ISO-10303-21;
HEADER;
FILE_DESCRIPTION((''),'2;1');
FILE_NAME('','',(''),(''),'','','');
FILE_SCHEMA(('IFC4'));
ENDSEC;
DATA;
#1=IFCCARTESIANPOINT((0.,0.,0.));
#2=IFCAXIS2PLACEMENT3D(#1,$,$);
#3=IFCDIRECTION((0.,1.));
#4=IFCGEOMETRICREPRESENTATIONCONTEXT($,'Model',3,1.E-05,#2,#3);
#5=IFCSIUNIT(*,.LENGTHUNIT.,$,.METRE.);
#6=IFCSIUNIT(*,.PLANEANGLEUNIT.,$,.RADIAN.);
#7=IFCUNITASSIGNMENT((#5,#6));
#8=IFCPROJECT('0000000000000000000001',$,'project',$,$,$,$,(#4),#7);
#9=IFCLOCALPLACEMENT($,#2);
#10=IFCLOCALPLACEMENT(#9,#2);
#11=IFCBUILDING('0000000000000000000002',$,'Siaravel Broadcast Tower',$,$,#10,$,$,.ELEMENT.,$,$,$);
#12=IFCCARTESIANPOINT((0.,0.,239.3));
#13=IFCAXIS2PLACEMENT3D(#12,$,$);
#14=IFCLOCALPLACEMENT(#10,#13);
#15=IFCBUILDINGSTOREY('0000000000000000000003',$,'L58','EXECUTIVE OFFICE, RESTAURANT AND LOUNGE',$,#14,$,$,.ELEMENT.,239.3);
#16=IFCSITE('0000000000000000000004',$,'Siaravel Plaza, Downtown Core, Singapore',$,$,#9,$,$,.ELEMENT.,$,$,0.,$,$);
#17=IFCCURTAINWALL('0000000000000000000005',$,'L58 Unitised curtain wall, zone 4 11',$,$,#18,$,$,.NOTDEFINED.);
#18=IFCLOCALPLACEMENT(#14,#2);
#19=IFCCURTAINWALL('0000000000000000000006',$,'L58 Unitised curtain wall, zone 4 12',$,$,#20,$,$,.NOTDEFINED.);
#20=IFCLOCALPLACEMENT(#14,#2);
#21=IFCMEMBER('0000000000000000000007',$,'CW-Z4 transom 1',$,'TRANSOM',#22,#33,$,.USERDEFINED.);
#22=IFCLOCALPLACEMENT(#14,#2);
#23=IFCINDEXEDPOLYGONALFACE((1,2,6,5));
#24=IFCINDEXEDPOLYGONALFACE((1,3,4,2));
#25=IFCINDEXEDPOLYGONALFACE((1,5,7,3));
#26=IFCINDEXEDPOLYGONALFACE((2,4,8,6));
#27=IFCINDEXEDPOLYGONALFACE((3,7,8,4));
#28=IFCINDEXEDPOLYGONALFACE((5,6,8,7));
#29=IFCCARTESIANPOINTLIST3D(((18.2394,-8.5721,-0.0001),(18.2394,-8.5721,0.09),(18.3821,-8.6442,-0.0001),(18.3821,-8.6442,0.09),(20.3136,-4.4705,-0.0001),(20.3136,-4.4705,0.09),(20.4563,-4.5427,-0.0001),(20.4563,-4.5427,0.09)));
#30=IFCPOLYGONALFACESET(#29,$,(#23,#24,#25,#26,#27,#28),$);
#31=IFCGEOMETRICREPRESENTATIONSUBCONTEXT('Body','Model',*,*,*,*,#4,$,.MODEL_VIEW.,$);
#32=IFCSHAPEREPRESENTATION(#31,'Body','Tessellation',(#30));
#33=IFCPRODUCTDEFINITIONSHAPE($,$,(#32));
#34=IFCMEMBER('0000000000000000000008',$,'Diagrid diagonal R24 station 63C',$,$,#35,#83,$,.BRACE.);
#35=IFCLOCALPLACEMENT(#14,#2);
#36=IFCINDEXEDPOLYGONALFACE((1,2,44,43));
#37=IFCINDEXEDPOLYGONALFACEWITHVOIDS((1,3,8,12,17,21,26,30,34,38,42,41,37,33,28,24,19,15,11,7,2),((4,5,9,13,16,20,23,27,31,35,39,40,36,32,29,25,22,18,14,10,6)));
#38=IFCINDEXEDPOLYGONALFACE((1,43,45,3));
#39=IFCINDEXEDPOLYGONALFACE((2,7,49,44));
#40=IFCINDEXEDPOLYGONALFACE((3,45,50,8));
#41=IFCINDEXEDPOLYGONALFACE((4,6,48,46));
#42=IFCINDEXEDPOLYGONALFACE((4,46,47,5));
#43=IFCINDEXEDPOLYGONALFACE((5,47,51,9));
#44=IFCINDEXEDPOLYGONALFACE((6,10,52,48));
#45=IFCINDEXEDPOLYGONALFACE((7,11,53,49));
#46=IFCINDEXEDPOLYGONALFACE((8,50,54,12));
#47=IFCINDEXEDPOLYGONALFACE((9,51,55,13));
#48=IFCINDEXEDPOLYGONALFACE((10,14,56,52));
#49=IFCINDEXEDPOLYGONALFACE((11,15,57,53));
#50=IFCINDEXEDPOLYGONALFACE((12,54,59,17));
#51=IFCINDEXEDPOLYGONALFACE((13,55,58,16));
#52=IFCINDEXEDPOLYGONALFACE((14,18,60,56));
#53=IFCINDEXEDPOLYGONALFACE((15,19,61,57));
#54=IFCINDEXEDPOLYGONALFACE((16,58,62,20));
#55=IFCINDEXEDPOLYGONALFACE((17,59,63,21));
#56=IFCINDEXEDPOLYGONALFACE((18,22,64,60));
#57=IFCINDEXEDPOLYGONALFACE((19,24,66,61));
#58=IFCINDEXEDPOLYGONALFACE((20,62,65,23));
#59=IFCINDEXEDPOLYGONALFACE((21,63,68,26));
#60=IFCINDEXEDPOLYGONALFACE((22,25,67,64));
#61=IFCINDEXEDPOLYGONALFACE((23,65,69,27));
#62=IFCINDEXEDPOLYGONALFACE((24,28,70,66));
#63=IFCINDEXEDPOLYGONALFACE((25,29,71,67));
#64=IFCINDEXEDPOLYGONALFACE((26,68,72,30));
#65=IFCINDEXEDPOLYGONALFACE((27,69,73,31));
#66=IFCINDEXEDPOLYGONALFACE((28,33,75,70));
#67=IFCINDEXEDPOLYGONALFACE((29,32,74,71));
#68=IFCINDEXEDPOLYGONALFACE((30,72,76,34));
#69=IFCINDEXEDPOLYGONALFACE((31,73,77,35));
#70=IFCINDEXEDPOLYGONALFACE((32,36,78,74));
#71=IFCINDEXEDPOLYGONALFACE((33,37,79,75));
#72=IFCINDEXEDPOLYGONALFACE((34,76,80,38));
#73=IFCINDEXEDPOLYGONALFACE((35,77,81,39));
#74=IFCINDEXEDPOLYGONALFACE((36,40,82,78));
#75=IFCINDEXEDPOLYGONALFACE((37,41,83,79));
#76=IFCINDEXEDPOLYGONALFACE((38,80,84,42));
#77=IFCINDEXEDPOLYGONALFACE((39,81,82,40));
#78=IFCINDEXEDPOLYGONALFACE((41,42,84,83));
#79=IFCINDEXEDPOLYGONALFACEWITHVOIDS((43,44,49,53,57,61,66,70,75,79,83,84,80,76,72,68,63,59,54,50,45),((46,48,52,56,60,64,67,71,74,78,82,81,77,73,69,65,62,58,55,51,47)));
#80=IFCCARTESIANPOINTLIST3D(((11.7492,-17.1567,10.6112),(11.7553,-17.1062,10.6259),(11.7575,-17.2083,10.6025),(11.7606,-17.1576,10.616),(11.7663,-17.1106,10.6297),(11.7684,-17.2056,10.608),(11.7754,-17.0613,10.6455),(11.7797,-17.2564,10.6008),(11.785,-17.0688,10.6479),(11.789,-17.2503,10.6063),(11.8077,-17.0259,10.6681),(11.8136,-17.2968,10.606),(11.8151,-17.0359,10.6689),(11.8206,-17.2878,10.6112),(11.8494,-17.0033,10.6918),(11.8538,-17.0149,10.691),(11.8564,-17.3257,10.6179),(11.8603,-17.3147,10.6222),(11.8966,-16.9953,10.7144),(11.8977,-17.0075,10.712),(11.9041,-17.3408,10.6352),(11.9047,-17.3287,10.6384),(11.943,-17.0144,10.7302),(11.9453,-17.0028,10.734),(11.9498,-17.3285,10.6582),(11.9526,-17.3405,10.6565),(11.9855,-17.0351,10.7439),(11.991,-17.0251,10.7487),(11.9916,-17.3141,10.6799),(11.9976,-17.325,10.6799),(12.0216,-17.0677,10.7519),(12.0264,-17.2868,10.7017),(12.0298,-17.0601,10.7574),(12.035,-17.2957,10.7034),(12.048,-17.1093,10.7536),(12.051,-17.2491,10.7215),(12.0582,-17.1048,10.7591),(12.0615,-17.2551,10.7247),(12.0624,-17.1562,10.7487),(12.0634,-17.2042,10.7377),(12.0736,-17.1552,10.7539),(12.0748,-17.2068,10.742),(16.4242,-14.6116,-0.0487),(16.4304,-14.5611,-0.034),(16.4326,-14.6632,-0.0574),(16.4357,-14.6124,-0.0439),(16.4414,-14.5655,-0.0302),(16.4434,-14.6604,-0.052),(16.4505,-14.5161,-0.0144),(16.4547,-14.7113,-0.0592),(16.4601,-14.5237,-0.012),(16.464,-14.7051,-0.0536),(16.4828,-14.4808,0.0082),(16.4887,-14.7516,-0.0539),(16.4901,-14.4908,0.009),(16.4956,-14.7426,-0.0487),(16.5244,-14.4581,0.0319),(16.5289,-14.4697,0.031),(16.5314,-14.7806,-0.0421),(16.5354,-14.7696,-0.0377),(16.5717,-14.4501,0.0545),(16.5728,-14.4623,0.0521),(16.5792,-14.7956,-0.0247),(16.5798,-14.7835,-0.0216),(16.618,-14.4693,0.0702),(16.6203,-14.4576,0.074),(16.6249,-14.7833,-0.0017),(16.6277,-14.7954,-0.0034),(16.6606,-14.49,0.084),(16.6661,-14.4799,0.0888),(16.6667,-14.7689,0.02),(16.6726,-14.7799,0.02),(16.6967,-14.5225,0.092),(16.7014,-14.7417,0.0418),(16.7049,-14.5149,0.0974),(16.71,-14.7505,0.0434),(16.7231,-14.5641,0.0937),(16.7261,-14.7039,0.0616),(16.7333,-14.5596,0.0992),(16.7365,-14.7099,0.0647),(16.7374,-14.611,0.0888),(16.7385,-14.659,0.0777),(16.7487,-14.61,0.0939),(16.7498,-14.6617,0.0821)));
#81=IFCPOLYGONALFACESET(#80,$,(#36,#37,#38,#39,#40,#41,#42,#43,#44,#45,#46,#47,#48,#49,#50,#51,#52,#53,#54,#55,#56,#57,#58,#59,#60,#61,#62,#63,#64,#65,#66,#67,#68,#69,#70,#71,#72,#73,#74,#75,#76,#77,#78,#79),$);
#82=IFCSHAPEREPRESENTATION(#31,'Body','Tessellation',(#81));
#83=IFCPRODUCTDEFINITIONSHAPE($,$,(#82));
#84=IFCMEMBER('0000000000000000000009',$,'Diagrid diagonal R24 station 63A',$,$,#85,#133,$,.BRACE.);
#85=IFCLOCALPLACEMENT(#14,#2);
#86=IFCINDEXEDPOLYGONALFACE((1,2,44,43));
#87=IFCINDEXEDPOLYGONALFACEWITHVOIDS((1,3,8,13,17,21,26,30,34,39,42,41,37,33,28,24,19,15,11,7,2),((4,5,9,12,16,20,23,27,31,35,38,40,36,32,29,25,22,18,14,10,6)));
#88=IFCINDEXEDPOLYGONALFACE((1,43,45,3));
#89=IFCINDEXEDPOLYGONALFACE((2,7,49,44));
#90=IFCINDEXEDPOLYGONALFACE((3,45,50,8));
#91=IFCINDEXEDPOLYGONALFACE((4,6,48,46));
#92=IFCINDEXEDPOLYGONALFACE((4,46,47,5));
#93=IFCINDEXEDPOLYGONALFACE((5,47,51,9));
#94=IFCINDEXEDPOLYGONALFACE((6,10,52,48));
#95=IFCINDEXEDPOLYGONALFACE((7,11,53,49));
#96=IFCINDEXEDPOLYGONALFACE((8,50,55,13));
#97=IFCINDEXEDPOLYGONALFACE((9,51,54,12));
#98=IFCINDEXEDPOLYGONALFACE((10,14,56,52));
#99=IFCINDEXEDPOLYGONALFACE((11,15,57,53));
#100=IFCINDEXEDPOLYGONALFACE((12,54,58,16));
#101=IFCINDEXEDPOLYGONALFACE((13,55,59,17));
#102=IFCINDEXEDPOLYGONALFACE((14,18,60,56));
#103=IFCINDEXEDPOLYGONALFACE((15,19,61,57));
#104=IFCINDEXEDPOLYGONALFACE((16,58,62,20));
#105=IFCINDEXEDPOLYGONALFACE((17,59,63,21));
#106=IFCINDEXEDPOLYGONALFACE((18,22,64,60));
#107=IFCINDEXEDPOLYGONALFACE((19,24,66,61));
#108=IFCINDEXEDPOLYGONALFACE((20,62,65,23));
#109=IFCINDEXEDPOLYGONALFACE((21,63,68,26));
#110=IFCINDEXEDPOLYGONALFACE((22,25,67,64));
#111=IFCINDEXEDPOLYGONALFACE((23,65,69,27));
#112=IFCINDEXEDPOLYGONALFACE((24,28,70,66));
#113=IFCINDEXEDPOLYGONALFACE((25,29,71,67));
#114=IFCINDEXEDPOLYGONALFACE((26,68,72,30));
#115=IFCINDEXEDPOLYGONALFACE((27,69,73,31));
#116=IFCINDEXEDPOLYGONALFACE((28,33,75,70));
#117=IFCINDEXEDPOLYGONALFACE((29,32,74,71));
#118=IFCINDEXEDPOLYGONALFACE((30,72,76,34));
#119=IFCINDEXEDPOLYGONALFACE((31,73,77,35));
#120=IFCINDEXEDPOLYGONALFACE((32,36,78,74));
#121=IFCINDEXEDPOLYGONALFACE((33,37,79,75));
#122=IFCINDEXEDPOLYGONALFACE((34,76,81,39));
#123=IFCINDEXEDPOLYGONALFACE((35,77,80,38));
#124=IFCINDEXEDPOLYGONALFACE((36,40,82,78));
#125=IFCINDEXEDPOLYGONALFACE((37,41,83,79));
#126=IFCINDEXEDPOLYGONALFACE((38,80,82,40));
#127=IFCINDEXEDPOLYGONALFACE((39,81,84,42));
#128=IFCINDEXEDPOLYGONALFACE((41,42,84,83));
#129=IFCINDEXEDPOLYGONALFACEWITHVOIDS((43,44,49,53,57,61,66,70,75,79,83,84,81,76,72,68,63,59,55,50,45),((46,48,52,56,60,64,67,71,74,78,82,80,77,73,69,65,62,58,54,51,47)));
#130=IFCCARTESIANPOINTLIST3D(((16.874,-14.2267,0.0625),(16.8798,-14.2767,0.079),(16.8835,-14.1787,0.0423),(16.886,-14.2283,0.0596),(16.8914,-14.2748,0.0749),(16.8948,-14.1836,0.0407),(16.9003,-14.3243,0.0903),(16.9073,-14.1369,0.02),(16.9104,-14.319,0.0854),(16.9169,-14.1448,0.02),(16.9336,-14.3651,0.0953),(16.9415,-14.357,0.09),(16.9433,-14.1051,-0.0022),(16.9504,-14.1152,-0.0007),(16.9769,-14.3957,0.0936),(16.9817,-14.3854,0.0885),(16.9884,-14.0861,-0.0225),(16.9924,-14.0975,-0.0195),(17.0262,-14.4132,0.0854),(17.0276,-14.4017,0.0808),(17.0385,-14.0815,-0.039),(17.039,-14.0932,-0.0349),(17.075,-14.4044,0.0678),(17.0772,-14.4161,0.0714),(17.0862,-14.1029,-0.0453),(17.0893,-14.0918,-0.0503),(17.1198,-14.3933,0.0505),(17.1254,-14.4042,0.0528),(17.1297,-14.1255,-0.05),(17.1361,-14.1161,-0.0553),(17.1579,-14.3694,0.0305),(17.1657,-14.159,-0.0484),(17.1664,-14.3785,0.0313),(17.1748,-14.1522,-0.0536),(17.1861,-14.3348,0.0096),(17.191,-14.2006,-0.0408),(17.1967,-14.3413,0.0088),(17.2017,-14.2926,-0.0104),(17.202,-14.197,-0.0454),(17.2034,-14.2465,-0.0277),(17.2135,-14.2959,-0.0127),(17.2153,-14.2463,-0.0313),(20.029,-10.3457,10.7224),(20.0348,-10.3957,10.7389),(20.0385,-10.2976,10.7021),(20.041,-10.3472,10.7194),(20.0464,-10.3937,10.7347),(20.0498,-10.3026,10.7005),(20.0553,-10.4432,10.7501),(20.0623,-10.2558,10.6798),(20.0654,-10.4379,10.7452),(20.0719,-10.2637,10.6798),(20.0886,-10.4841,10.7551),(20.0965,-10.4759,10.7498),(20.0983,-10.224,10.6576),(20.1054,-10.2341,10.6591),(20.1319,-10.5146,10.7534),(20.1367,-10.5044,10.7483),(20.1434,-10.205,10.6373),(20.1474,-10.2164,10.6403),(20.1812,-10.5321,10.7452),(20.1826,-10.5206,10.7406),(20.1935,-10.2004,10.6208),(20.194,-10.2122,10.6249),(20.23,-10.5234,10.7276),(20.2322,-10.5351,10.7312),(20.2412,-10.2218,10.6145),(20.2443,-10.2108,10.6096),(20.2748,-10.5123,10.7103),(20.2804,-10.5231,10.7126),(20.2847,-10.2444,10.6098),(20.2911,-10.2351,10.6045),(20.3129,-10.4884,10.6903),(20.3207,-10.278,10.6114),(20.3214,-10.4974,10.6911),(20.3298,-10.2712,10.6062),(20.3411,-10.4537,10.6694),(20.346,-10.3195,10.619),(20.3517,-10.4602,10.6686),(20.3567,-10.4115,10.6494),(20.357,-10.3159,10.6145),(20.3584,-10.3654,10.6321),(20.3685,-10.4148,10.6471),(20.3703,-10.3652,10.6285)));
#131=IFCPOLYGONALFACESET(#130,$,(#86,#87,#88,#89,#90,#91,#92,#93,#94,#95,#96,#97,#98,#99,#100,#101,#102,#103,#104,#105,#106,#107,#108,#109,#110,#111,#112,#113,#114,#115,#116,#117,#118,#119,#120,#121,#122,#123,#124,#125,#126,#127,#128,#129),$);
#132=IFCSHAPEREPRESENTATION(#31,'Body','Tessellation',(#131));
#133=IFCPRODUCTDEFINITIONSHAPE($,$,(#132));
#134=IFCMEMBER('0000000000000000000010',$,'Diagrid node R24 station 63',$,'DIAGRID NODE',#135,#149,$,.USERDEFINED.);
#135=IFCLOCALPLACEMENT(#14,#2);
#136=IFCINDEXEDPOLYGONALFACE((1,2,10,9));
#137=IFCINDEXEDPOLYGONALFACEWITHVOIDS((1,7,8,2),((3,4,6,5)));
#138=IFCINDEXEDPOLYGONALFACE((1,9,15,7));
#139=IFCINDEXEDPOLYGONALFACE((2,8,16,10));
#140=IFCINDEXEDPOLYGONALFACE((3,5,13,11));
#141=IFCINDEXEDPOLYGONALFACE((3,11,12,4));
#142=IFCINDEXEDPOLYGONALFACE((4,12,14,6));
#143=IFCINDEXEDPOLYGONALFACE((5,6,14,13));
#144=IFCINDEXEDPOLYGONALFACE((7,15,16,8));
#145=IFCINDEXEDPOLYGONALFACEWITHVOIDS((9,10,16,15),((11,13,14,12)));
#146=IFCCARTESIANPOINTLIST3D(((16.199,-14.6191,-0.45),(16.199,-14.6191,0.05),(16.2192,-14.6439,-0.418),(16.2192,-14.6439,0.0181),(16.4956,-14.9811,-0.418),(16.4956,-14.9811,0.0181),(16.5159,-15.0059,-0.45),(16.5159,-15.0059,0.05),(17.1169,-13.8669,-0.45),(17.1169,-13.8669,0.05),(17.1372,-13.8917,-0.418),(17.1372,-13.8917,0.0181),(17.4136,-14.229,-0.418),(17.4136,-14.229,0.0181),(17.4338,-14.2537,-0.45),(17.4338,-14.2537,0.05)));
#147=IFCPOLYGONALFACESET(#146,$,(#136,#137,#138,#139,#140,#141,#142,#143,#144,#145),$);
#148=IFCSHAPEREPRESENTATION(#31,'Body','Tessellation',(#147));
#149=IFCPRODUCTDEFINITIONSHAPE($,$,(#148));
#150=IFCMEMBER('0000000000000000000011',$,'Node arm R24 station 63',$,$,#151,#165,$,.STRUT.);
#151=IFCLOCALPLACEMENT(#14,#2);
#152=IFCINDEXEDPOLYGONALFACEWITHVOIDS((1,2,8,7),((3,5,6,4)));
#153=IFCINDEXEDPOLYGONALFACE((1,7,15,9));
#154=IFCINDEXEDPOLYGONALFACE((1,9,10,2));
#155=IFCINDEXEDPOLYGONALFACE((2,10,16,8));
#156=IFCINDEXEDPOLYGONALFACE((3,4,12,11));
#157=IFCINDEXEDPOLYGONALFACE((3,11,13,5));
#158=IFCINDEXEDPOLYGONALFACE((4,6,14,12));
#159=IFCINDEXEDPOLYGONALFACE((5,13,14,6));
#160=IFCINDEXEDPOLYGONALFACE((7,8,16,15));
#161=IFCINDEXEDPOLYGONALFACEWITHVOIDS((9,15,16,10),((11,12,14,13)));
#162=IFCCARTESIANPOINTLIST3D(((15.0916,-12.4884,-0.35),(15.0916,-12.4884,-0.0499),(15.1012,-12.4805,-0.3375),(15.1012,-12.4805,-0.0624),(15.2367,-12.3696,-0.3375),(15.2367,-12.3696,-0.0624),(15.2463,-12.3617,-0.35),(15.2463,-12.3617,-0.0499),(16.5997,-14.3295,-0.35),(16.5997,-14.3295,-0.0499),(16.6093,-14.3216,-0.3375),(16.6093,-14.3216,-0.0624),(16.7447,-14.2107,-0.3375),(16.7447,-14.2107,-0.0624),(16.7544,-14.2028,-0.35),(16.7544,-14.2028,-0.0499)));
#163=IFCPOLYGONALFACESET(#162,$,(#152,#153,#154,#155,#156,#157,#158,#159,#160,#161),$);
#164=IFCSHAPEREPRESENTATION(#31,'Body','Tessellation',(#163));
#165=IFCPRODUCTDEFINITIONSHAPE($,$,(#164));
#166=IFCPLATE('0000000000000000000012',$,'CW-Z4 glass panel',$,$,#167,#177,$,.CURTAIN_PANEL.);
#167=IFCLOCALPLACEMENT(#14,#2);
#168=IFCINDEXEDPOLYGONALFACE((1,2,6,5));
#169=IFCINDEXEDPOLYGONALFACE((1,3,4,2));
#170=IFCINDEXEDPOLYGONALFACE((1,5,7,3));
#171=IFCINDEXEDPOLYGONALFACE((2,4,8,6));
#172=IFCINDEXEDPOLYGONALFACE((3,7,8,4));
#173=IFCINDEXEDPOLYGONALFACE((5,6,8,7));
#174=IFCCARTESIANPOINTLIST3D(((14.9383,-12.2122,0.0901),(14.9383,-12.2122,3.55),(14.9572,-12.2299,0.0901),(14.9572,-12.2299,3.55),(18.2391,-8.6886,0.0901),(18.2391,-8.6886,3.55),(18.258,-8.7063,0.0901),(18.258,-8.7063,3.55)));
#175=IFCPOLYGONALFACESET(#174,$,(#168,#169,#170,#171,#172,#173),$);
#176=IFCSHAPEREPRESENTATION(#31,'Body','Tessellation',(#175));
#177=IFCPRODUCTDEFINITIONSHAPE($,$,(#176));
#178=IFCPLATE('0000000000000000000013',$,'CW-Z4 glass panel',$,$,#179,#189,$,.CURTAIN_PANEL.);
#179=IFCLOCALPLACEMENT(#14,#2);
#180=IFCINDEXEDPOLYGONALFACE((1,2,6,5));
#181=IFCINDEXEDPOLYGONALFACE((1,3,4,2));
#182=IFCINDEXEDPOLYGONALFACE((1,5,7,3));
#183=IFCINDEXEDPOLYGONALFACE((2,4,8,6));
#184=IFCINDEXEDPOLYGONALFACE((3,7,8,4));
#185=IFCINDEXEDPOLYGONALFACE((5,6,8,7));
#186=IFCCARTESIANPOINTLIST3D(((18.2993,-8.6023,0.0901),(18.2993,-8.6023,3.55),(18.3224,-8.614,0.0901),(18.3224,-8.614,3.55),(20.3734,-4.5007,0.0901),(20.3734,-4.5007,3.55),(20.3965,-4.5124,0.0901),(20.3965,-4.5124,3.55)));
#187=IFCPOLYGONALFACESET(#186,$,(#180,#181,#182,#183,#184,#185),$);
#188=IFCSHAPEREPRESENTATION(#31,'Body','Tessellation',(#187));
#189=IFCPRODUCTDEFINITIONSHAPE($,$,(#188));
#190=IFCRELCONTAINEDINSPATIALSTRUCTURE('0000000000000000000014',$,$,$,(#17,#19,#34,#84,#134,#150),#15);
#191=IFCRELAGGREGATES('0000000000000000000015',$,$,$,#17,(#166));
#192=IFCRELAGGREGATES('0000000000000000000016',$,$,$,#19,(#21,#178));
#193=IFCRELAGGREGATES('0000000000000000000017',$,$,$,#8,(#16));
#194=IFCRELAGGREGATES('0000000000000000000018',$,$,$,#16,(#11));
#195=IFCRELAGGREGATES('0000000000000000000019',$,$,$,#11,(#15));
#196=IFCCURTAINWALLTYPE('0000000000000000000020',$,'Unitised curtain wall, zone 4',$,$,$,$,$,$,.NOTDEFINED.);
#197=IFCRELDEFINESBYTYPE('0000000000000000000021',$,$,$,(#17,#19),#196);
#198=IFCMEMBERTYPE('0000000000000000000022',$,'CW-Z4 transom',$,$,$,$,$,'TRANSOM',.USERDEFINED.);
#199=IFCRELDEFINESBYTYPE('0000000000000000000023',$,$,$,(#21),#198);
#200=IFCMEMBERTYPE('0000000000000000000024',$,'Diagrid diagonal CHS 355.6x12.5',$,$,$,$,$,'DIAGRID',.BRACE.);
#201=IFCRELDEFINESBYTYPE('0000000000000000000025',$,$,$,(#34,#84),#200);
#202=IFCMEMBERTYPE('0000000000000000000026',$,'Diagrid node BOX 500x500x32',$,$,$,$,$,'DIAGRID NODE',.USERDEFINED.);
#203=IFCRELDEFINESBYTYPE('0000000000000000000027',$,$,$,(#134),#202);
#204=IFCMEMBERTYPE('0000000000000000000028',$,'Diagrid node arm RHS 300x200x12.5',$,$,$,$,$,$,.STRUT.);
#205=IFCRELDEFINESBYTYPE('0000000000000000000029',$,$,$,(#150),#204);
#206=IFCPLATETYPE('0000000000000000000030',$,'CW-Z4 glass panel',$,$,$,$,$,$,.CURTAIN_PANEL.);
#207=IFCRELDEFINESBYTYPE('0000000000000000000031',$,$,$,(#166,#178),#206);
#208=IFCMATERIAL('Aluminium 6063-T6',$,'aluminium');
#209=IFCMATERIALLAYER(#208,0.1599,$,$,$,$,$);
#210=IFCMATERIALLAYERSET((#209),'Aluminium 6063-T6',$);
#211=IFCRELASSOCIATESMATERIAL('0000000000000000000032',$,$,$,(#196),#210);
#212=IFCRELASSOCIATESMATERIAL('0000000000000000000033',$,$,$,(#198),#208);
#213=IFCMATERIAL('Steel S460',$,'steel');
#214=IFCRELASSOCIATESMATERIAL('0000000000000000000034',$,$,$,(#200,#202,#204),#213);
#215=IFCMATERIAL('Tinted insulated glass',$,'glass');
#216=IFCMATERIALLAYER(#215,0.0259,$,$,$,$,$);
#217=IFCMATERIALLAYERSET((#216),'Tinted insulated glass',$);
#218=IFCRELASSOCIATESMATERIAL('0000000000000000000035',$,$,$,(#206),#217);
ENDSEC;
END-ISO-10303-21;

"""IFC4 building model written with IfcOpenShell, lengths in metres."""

from ifc_helpers import new_model, si_unit, direction, frame, origin, origin_2d, place, context, subcontext, project, spatial, rectangle, hollow_rectangle, hollow_circle, extrude, material, layer, layer_set, material_profile, profile_set, type_object, element, aggregate, save


model = new_model("IFC4")

# Units and contexts
model_context = context("Model", 3, precision=1e-05, world=origin(), true_north=direction((0.0, 1.0)))
body_context = subcontext(model_context, "Body", "Model", "MODEL_VIEW")
ifc_project = project(units=[si_unit("LENGTHUNIT", "METRE"), si_unit("PLANEANGLEUNIT", "RADIAN")], contexts=[model_context])

# Site, building, storey
site_placement = place(None, origin())
site = spatial("IfcSite", under=ifc_project, at=site_placement, Name="Siaravel Plaza, Downtown Core, Singapore", CompositionType="ELEMENT", RefElevation=0.0)
building_placement = place(site_placement, origin())
building = spatial("IfcBuilding", under=site, at=building_placement, Name="Siaravel Broadcast Tower", CompositionType="ELEMENT")
storey_placement = place(building_placement, frame((0.0, 0.0, 239.3)))
storey = spatial("IfcBuildingStorey", under=building, at=storey_placement, Name="L58", Description="EXECUTIVE OFFICE, RESTAURANT AND LOUNGE", CompositionType="ELEMENT", Elevation=239.3)

# Curtain wall
ifc_material_1 = material(Name="Aluminium 6063-T6", Category="aluminium")
ifc_layer_1 = layer(ifc_material_1, 0.1599)
ifc_layer_set_1 = layer_set([ifc_layer_1], Name="Aluminium 6063-T6")
curtain_wall_type = type_object("IfcCurtainWallType", Name="Unitised curtain wall, zone 4", PredefinedType="NOTDEFINED", material=ifc_layer_set_1)
curtain_wall_1_placement = place(storey_placement, origin())
curtain_wall_1 = element("IfcCurtainWall", 1, at=curtain_wall_1_placement, inside=storey, type_object=curtain_wall_type, Name="L58 Unitised curtain wall, zone 4 11", PredefinedType="NOTDEFINED")

# Curtain wall
curtain_wall_2_placement = place(storey_placement, origin())
curtain_wall_2 = element("IfcCurtainWall", 2, at=curtain_wall_2_placement, inside=storey, type_object=curtain_wall_type, Name="L58 Unitised curtain wall, zone 4 12", PredefinedType="NOTDEFINED")

# Member
ifc_material_profile_1 = material_profile(ifc_material_1, rectangle(XDim=0.1599, YDim=0.0901, at=origin_2d()))
ifc_profile_set_1 = profile_set([ifc_material_profile_1], Name="Aluminium 6063-T6")
member_type_1 = type_object("IfcMemberType", Name="CW-Z4 transom", ElementType="TRANSOM", PredefinedType="USERDEFINED", material=ifc_profile_set_1)
member_1_placement = place(storey_placement, frame((18.3108, -8.6082, 0.0449), z_axis=(0.451288, 0.892378, 0.0), x_axis=(-0.892378, 0.451288, 0.0)))
member_1 = element("IfcMember", 3, at=member_1_placement, type_object=member_type_1, Name="CW-Z4 transom 1", ObjectType="TRANSOM", PredefinedType="USERDEFINED", context=body_context, shape_type="SweptSolid", body=[
    extrude(rectangle(XDim=0.1599, YDim=0.0901, at=origin_2d()), origin(), (0.0, 0.0, 1.0), 4.5962),
])

# Members
ifc_material_2 = material(Name="Steel S460", Category="steel")
ifc_material_profile_2 = material_profile(ifc_material_2, hollow_circle(Radius=0.1777, WallThickness=0.0125, at=origin_2d()))
ifc_profile_set_2 = profile_set([ifc_material_profile_2], Name="Steel S460")
member_type_2 = type_object("IfcMemberType", Name="Diagrid diagonal CHS 355.6x12.5", ElementType="DIAGRID", PredefinedType="BRACE", material=ifc_profile_set_2)
member_2_placement = place(storey_placement, frame((16.5876, -14.6238, 0.02), z_axis=(-0.392366, -0.21361, 0.894662), x_axis=(0.478148, -0.878279, 0.0)))
element("IfcMember", 4, at=member_2_placement, inside=storey, type_object=member_type_2, Name="Diagrid diagonal R24 station 63C", PredefinedType="BRACE", context=body_context, shape_type="SweptSolid", body=[
    extrude(hollow_circle(Radius=0.1777, WallThickness=0.0125, at=origin_2d()), origin(), (0.0, 0.0, 1.0), 11.915),
])
member_3_placement = place(storey_placement, frame((17.0452, -14.249, 0.02), z_axis=(0.267943, 0.329605, 0.905299), x_axis=(-0.775954, 0.630789, 0.0)))
element("IfcMember", 5, at=member_3_placement, inside=storey, type_object=member_type_2, Name="Diagrid diagonal R24 station 63A", PredefinedType="BRACE", context=body_context, shape_type="SweptSolid", body=[
    extrude(hollow_circle(Radius=0.1777, WallThickness=0.0125, at=origin_2d()), origin(), (0.0, 0.0, 1.0), 11.7749),
])
ifc_material_profile_3 = material_profile(ifc_material_2, hollow_rectangle(XDim=0.5, YDim=0.5, WallThickness=0.032, at=origin_2d()))
ifc_profile_set_3 = profile_set([ifc_material_profile_3], Name="Steel S460")
member_type_3 = type_object("IfcMemberType", Name="Diagrid node BOX 500x500x32", ElementType="DIAGRID NODE", PredefinedType="USERDEFINED", material=ifc_profile_set_3)
member_4_placement = place(storey_placement, frame((16.3574, -14.8125, -0.2), z_axis=(0.77349, 0.633809, 0.0), x_axis=(-0.633809, 0.77349, 0.0)))
element("IfcMember", 6, at=member_4_placement, inside=storey, type_object=member_type_3, Name="Diagrid node R24 station 63", ObjectType="DIAGRID NODE", PredefinedType="USERDEFINED", context=body_context, shape_type="SweptSolid", body=[
    extrude(hollow_rectangle(XDim=0.5, YDim=0.5, WallThickness=0.032, at=origin_2d()), origin(), (0.0, 0.0, 1.0), 1.1868),
])
ifc_material_profile_4 = material_profile(ifc_material_2, hollow_rectangle(XDim=0.2, YDim=0.3, WallThickness=0.0125, at=origin_2d()))
ifc_profile_set_4 = profile_set([ifc_material_profile_4], Name="Steel S460")
member_type_4 = type_object("IfcMemberType", Name="Diagrid node arm RHS 300x200x12.5", PredefinedType="STRUT", material=ifc_profile_set_4)
member_5_placement = place(storey_placement, frame((15.1689, -12.425, -0.2), z_axis=(0.633673, -0.773601, 0.0), x_axis=(0.773601, 0.633673, 0.0)))
element("IfcMember", 7, at=member_5_placement, inside=storey, type_object=member_type_4, Name="Node arm R24 station 63", PredefinedType="STRUT", context=body_context, shape_type="SweptSolid", body=[
    extrude(hollow_rectangle(XDim=0.2, YDim=0.3, WallThickness=0.0125, at=origin_2d()), origin(), (0.0, 0.0, 1.0), 2.3799),
])

# Plates
ifc_material_3 = material(Name="Tinted insulated glass", Category="glass")
ifc_layer_2 = layer(ifc_material_3, 0.0259)
ifc_layer_set_2 = layer_set([ifc_layer_2], Name="Tinted insulated glass")
plate_type = type_object("IfcPlateType", Name="CW-Z4 glass panel", PredefinedType="CURTAIN_PANEL", material=ifc_layer_set_2)
plate_1_placement = place(storey_placement, frame((16.5981, -10.4592, 0.0901), z_axis=(0.0, 0.0, 1.0), x_axis=(0.683654, 0.729807, 0.0)))
plate_1 = element("IfcPlate", 8, at=plate_1_placement, type_object=plate_type, Name="CW-Z4 glass panel", PredefinedType="CURTAIN_PANEL", context=body_context, shape_type="SweptSolid", body=[
    extrude(rectangle(XDim=4.8281, YDim=0.0259, at=origin_2d()), origin(), (0.0, 0.0, 1.0), 3.46),
])
aggregate(curtain_wall_1, [plate_1])
plate_2_placement = place(storey_placement, frame((19.3479, -6.5574, 0.0901), z_axis=(0.0, 0.0, 1.0), x_axis=(0.451259, 0.892393, 0.0)))
plate_2 = element("IfcPlate", 9, at=plate_2_placement, type_object=plate_type, Name="CW-Z4 glass panel", PredefinedType="CURTAIN_PANEL", context=body_context, shape_type="SweptSolid", body=[
    extrude(rectangle(XDim=4.5962, YDim=0.0259, at=origin_2d()), origin(), (0.0, 0.0, 1.0), 3.46),
])
aggregate(curtain_wall_2, [member_1, plate_2])

save(model, "model.ifc")
